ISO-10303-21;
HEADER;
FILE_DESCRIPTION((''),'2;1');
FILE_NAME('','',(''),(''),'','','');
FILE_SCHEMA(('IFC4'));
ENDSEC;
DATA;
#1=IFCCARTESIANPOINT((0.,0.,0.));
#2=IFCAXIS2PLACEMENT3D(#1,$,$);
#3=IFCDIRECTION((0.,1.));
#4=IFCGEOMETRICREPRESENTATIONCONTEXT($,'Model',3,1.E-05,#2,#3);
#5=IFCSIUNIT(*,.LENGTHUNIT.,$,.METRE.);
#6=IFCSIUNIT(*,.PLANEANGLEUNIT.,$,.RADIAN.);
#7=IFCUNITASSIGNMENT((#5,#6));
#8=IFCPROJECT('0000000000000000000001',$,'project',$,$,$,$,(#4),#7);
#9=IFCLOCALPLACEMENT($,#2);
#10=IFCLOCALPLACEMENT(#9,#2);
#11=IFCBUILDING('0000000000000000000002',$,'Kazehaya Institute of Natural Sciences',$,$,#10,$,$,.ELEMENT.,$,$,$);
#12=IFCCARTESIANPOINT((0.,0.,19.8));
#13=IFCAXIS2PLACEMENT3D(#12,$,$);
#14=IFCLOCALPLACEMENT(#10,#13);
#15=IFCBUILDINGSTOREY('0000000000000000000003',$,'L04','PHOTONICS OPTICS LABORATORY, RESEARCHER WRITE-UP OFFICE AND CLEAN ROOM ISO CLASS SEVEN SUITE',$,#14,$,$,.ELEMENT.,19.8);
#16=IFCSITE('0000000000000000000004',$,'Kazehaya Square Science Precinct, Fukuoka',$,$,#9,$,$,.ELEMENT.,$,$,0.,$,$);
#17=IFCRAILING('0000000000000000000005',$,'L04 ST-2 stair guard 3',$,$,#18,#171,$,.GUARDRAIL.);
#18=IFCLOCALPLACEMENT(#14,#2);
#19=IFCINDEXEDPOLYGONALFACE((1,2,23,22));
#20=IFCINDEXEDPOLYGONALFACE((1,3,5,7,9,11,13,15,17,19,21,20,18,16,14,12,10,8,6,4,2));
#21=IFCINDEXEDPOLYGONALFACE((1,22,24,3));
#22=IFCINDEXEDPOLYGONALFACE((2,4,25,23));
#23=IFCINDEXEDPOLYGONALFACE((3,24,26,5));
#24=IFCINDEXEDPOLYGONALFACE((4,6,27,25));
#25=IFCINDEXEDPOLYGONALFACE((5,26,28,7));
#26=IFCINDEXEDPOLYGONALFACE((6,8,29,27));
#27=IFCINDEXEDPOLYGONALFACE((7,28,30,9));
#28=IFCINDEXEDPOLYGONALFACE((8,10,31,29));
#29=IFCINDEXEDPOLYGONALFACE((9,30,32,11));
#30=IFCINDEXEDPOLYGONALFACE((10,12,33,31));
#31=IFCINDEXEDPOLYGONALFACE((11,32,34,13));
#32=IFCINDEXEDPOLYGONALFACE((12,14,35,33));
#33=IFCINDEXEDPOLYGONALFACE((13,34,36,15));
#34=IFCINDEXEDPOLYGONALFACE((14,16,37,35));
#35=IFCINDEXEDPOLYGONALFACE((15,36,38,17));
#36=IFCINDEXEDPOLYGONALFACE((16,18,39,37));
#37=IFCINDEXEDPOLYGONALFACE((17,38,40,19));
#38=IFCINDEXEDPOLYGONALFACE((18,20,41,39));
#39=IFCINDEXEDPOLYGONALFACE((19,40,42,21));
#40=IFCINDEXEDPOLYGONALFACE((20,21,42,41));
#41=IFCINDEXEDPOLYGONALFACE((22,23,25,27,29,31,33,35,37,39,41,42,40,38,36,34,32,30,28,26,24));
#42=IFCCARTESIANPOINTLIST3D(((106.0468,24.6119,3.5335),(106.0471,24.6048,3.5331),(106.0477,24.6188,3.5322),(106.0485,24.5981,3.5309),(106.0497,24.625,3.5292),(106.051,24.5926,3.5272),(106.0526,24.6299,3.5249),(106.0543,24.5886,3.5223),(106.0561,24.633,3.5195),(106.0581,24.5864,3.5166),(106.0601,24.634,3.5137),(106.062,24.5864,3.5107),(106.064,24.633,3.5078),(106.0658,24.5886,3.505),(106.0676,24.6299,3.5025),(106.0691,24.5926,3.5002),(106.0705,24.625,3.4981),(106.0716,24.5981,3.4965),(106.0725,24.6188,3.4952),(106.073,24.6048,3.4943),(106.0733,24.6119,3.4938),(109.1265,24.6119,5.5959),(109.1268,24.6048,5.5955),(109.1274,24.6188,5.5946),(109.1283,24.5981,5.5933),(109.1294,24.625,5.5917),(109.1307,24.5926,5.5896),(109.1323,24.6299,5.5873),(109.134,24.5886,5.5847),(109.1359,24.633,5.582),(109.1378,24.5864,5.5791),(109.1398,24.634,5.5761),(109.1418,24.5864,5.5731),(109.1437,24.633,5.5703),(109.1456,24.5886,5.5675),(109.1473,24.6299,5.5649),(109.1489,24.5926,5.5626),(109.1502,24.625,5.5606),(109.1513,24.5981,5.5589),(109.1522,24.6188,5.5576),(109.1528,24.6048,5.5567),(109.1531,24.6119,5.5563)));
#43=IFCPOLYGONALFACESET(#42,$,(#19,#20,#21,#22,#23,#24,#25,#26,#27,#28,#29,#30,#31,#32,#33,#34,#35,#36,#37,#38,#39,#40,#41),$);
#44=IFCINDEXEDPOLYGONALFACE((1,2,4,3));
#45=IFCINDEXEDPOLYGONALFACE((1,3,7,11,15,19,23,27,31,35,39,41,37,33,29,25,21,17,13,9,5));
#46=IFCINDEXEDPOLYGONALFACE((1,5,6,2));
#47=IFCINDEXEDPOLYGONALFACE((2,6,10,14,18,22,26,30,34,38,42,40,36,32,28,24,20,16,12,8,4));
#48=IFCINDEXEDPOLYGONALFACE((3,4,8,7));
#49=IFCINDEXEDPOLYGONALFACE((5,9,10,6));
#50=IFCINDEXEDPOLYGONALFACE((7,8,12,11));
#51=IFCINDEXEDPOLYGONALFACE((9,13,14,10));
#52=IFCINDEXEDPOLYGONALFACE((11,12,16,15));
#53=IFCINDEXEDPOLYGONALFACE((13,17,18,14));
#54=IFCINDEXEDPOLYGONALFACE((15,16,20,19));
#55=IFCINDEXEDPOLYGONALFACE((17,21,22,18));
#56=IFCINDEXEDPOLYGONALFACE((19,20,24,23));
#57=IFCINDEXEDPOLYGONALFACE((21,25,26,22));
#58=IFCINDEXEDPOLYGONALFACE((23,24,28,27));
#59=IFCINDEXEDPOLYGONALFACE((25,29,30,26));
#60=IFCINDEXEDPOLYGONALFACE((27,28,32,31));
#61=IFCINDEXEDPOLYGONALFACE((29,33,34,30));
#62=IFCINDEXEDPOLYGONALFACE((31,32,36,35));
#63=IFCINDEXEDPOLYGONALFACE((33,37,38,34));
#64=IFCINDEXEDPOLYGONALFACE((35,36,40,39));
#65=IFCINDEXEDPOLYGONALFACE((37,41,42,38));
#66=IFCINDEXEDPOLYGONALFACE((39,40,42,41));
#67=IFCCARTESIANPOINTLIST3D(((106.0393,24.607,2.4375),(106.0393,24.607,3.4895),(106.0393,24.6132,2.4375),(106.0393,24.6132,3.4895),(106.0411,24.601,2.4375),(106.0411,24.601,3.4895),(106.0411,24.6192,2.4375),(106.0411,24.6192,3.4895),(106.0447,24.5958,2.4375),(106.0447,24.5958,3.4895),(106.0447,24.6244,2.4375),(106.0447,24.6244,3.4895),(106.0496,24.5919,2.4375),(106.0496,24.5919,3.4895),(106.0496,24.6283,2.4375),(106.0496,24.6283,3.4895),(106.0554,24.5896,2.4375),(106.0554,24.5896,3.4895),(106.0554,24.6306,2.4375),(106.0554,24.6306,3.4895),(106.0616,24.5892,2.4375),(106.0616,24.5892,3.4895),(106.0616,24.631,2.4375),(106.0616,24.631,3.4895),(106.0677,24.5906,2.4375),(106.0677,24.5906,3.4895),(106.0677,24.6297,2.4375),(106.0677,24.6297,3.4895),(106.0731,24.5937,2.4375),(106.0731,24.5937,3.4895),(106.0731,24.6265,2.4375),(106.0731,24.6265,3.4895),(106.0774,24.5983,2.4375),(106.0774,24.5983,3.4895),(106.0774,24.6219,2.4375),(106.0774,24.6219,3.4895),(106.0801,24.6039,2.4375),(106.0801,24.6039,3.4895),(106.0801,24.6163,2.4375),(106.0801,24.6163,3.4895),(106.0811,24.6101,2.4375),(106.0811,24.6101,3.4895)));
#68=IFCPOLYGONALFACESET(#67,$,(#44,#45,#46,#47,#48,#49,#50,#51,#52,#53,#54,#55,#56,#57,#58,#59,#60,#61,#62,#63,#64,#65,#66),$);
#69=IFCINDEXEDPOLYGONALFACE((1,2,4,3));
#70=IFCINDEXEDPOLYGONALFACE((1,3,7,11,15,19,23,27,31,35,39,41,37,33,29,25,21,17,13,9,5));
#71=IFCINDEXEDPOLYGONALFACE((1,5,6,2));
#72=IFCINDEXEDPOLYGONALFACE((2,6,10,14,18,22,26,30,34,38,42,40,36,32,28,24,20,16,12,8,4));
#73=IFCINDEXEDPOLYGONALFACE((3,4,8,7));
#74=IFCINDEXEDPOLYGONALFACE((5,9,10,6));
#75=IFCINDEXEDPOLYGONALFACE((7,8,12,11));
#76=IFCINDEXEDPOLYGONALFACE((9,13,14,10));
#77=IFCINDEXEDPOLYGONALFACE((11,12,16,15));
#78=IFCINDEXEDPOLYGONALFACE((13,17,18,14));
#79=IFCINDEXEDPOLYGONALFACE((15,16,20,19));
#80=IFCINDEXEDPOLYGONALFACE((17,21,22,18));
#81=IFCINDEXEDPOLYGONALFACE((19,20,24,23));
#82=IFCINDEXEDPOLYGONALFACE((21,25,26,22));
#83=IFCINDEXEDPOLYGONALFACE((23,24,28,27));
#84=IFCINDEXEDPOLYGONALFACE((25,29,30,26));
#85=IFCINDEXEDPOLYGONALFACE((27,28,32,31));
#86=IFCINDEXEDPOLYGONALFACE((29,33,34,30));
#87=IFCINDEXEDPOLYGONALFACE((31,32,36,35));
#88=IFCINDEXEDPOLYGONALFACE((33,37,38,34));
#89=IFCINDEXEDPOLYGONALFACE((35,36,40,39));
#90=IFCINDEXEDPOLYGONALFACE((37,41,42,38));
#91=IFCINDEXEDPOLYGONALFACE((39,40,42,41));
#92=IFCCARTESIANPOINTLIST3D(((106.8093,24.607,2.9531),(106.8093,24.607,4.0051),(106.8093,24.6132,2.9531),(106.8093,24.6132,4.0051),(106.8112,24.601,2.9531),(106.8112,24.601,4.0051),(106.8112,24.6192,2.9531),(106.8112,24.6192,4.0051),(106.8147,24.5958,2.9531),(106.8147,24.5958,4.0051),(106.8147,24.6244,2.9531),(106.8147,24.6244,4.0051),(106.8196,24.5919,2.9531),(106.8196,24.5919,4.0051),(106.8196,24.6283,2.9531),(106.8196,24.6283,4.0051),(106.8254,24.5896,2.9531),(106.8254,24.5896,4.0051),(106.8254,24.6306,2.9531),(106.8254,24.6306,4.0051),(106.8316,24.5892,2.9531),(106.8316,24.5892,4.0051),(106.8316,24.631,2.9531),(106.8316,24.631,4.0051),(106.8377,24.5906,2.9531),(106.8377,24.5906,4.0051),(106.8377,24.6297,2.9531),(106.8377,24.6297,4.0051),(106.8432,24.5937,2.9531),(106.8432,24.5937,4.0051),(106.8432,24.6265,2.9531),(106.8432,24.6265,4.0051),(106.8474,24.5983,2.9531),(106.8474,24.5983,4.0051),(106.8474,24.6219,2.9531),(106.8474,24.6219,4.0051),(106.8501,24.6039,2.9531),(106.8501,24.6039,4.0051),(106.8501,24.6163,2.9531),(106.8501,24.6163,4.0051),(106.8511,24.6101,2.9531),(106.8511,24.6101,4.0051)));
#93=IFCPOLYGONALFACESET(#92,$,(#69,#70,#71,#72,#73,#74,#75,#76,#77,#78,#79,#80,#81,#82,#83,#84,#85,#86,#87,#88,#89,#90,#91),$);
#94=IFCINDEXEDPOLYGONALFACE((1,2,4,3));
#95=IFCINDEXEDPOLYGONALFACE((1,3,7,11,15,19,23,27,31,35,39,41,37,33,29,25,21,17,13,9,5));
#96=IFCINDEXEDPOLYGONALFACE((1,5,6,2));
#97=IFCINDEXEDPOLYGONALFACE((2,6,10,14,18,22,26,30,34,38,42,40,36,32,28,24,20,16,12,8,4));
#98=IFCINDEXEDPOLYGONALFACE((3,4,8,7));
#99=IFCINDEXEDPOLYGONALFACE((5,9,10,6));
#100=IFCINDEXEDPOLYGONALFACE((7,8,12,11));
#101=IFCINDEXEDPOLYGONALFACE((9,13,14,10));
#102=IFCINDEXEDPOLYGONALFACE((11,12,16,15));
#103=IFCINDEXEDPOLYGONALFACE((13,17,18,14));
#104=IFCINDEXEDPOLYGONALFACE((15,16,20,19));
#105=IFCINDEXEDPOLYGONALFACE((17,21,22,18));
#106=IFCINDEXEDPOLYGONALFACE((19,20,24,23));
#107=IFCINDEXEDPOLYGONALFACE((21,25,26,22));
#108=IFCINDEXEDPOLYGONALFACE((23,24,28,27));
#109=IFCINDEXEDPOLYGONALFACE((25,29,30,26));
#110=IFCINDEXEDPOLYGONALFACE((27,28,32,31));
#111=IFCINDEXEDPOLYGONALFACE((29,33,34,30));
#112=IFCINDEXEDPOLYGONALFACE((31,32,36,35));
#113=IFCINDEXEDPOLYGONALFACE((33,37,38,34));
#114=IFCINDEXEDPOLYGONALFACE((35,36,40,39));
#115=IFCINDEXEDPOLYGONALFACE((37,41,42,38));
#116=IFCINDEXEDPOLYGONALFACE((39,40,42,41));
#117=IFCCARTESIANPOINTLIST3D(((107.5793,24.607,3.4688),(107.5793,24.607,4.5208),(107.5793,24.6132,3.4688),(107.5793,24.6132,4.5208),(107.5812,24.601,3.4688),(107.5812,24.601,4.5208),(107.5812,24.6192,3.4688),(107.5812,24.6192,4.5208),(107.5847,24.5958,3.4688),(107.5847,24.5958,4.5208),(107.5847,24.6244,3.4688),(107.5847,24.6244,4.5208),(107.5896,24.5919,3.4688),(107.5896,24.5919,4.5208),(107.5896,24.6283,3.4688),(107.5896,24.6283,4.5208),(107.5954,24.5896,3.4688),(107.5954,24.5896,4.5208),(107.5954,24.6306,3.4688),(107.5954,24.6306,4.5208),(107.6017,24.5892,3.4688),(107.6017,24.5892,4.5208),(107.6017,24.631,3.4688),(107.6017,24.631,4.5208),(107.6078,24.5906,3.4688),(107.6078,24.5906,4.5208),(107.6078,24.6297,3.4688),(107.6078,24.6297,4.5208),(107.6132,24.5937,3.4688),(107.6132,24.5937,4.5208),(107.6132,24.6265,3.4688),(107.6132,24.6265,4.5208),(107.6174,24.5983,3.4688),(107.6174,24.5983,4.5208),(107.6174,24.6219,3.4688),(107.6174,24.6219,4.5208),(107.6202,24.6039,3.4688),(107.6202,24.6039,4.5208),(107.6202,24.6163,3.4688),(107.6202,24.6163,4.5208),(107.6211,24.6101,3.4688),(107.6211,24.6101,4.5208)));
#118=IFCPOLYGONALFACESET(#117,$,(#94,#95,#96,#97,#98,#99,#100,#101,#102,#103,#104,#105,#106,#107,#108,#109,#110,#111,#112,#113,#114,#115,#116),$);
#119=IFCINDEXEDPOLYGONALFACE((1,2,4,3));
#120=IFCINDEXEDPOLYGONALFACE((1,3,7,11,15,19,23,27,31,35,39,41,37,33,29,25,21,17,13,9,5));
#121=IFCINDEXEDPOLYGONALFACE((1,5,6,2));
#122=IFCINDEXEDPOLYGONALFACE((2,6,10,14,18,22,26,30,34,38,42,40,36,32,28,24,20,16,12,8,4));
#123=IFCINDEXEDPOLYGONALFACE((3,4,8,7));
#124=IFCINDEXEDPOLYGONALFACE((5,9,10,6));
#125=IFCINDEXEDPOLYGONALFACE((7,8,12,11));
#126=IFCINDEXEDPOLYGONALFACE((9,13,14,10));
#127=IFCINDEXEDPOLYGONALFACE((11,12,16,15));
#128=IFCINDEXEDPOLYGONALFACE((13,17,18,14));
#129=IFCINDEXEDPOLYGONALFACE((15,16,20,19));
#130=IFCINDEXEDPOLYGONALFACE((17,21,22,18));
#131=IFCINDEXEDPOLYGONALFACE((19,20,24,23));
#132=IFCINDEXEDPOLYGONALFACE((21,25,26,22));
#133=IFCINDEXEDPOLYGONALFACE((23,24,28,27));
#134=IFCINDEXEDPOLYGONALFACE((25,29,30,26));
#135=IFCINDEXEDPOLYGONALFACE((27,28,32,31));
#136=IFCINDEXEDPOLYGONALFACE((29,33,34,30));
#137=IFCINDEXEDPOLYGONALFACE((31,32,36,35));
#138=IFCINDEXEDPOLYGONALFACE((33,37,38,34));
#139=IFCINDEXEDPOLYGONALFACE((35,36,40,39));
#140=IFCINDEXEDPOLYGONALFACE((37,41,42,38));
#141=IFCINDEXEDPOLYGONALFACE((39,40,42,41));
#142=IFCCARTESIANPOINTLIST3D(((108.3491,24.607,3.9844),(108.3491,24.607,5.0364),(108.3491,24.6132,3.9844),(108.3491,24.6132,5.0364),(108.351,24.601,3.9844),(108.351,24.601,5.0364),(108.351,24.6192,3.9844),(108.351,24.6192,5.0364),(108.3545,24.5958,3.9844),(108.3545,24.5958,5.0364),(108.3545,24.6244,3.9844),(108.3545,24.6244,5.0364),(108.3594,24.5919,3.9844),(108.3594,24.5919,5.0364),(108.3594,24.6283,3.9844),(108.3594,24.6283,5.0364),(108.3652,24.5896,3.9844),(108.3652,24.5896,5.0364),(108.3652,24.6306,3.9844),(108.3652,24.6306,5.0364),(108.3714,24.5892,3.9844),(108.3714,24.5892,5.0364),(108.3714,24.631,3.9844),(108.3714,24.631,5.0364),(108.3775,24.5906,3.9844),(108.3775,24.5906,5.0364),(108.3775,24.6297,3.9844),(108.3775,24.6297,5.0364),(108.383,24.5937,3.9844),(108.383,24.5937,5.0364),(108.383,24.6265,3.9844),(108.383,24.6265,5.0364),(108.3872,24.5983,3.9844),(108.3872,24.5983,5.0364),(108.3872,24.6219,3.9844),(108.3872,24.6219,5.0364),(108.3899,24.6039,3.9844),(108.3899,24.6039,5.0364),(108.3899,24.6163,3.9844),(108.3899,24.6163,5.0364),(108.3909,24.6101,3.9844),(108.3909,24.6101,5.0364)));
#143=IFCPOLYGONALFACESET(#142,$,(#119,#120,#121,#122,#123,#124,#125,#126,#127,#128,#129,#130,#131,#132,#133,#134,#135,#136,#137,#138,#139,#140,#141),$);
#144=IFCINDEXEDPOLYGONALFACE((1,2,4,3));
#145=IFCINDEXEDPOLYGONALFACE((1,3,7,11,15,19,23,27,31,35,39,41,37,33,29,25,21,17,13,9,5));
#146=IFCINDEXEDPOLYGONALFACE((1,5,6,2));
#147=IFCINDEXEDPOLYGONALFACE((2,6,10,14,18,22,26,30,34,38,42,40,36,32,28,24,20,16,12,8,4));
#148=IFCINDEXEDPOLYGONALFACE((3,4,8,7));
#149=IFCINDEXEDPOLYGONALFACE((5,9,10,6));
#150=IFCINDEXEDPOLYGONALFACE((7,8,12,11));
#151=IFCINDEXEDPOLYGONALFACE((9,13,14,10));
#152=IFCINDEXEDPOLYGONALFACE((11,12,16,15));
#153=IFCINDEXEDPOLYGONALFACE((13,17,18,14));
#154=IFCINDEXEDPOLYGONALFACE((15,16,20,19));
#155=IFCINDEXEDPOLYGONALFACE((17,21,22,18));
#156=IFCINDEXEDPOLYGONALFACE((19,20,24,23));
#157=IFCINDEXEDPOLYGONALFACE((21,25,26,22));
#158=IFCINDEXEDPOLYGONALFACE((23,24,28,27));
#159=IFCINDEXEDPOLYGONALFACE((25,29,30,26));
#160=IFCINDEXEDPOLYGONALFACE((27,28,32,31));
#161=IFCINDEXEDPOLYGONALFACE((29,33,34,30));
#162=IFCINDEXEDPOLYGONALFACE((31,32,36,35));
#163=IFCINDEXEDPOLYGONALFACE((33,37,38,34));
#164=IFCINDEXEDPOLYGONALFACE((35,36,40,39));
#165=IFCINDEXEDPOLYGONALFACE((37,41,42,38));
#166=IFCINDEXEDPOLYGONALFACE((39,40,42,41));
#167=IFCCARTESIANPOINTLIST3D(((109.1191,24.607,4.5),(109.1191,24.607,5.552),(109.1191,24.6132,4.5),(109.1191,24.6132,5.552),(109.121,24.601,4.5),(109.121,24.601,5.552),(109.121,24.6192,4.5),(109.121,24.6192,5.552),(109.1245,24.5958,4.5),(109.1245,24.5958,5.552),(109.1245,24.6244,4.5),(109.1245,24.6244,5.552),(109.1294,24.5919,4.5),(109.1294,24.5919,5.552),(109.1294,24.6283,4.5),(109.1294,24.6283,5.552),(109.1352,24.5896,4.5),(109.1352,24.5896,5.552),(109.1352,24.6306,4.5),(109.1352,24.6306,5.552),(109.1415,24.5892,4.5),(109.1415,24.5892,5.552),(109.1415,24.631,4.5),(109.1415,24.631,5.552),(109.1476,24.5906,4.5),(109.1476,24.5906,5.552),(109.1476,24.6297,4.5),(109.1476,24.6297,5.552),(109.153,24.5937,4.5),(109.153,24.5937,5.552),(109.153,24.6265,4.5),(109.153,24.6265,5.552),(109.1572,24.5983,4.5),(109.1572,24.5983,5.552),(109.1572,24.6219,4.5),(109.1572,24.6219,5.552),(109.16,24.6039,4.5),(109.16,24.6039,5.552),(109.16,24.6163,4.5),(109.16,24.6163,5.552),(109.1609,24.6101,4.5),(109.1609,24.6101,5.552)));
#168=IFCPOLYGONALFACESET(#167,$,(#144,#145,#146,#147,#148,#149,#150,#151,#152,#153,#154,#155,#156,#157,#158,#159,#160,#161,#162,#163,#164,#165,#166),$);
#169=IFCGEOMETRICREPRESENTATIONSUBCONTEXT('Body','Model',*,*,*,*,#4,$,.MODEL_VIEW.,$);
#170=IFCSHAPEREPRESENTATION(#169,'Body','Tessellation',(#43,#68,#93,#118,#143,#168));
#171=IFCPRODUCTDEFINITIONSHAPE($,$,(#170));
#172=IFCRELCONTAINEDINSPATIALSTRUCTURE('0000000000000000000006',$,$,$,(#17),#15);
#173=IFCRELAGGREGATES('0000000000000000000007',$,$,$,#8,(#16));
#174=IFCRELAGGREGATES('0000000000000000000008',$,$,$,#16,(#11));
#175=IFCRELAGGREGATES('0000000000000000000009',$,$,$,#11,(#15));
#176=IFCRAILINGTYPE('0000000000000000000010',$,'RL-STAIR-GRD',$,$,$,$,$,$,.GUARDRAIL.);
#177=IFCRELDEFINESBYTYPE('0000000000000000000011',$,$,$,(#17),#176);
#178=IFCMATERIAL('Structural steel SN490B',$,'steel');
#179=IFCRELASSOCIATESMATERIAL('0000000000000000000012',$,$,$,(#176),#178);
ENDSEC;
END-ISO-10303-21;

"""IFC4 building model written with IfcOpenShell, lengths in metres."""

from ifc_helpers import new_model, si_unit, direction, frame, origin, origin_2d, place, context, subcontext, project, spatial, circle, extrude, material, type_object, element, save


model = new_model("IFC4")

# Units and contexts
model_context = context("Model", 3, precision=1e-05, world=origin(), true_north=direction((0.0, 1.0)))
body_context = subcontext(model_context, "Body", "Model", "MODEL_VIEW")
ifc_project = project(units=[si_unit("LENGTHUNIT", "METRE"), si_unit("PLANEANGLEUNIT", "RADIAN")], contexts=[model_context])

# Site, building, storey
site_placement = place(None, origin())
site = spatial("IfcSite", under=ifc_project, at=site_placement, Name="Kazehaya Square Science Precinct, Fukuoka", CompositionType="ELEMENT", RefElevation=0.0)
building_placement = place(site_placement, origin())
building = spatial("IfcBuilding", under=site, at=building_placement, Name="Kazehaya Institute of Natural Sciences", CompositionType="ELEMENT")
storey_placement = place(building_placement, frame((0.0, 0.0, 19.8)))
storey = spatial("IfcBuildingStorey", under=building, at=storey_placement, Name="L04", Description="PHOTONICS OPTICS LABORATORY, RESEARCHER WRITE-UP OFFICE AND CLEAN ROOM ISO CLASS SEVEN SUITE", CompositionType="ELEMENT", Elevation=19.8)

# Railing
ifc_material_1 = material(Name="Structural steel SN490B", Category="steel")
railing_type_1 = type_object("IfcRailingType", Name="RL-STAIR-GRD", PredefinedType="GUARDRAIL", material=ifc_material_1)
railing_1_placement = place(storey_placement, frame((106.0601, 24.6101, 2.4375)))
element("IfcRailing", 1, at=railing_1_placement, inside=storey, type_object=railing_type_1, Name="L04 ST-2 stair guard 3", PredefinedType="GUARDRAIL", context=body_context, shape_type="SweptSolid", body=[
    extrude(circle(Radius=0.0239, at=origin_2d()), frame((0.0, 0.0, 1.0762), z_axis=(0.830893, 0.0, 0.556432), x_axis=(0.0, 1.0, 0.0)), (0.0, 0.0, 1.0), 3.7065),
    extrude(circle(Radius=0.021, at=origin_2d()), origin(), (0.0, 0.0, 1.0), 1.052),
    extrude(circle(Radius=0.021, at=origin_2d()), frame((0.77, 0.0, 0.5156)), (0.0, 0.0, 1.0), 1.052),
    extrude(circle(Radius=0.021, at=origin_2d()), frame((1.54, 0.0, 1.0312)), (0.0, 0.0, 1.0), 1.052),
    extrude(circle(Radius=0.021, at=origin_2d()), frame((2.3098, 0.0, 1.5469)), (0.0, 0.0, 1.0), 1.052),
    extrude(circle(Radius=0.021, at=origin_2d()), frame((3.0798, 0.0, 2.0625)), (0.0, 0.0, 1.0), 1.052),
])

save(model, "model.ifc")
